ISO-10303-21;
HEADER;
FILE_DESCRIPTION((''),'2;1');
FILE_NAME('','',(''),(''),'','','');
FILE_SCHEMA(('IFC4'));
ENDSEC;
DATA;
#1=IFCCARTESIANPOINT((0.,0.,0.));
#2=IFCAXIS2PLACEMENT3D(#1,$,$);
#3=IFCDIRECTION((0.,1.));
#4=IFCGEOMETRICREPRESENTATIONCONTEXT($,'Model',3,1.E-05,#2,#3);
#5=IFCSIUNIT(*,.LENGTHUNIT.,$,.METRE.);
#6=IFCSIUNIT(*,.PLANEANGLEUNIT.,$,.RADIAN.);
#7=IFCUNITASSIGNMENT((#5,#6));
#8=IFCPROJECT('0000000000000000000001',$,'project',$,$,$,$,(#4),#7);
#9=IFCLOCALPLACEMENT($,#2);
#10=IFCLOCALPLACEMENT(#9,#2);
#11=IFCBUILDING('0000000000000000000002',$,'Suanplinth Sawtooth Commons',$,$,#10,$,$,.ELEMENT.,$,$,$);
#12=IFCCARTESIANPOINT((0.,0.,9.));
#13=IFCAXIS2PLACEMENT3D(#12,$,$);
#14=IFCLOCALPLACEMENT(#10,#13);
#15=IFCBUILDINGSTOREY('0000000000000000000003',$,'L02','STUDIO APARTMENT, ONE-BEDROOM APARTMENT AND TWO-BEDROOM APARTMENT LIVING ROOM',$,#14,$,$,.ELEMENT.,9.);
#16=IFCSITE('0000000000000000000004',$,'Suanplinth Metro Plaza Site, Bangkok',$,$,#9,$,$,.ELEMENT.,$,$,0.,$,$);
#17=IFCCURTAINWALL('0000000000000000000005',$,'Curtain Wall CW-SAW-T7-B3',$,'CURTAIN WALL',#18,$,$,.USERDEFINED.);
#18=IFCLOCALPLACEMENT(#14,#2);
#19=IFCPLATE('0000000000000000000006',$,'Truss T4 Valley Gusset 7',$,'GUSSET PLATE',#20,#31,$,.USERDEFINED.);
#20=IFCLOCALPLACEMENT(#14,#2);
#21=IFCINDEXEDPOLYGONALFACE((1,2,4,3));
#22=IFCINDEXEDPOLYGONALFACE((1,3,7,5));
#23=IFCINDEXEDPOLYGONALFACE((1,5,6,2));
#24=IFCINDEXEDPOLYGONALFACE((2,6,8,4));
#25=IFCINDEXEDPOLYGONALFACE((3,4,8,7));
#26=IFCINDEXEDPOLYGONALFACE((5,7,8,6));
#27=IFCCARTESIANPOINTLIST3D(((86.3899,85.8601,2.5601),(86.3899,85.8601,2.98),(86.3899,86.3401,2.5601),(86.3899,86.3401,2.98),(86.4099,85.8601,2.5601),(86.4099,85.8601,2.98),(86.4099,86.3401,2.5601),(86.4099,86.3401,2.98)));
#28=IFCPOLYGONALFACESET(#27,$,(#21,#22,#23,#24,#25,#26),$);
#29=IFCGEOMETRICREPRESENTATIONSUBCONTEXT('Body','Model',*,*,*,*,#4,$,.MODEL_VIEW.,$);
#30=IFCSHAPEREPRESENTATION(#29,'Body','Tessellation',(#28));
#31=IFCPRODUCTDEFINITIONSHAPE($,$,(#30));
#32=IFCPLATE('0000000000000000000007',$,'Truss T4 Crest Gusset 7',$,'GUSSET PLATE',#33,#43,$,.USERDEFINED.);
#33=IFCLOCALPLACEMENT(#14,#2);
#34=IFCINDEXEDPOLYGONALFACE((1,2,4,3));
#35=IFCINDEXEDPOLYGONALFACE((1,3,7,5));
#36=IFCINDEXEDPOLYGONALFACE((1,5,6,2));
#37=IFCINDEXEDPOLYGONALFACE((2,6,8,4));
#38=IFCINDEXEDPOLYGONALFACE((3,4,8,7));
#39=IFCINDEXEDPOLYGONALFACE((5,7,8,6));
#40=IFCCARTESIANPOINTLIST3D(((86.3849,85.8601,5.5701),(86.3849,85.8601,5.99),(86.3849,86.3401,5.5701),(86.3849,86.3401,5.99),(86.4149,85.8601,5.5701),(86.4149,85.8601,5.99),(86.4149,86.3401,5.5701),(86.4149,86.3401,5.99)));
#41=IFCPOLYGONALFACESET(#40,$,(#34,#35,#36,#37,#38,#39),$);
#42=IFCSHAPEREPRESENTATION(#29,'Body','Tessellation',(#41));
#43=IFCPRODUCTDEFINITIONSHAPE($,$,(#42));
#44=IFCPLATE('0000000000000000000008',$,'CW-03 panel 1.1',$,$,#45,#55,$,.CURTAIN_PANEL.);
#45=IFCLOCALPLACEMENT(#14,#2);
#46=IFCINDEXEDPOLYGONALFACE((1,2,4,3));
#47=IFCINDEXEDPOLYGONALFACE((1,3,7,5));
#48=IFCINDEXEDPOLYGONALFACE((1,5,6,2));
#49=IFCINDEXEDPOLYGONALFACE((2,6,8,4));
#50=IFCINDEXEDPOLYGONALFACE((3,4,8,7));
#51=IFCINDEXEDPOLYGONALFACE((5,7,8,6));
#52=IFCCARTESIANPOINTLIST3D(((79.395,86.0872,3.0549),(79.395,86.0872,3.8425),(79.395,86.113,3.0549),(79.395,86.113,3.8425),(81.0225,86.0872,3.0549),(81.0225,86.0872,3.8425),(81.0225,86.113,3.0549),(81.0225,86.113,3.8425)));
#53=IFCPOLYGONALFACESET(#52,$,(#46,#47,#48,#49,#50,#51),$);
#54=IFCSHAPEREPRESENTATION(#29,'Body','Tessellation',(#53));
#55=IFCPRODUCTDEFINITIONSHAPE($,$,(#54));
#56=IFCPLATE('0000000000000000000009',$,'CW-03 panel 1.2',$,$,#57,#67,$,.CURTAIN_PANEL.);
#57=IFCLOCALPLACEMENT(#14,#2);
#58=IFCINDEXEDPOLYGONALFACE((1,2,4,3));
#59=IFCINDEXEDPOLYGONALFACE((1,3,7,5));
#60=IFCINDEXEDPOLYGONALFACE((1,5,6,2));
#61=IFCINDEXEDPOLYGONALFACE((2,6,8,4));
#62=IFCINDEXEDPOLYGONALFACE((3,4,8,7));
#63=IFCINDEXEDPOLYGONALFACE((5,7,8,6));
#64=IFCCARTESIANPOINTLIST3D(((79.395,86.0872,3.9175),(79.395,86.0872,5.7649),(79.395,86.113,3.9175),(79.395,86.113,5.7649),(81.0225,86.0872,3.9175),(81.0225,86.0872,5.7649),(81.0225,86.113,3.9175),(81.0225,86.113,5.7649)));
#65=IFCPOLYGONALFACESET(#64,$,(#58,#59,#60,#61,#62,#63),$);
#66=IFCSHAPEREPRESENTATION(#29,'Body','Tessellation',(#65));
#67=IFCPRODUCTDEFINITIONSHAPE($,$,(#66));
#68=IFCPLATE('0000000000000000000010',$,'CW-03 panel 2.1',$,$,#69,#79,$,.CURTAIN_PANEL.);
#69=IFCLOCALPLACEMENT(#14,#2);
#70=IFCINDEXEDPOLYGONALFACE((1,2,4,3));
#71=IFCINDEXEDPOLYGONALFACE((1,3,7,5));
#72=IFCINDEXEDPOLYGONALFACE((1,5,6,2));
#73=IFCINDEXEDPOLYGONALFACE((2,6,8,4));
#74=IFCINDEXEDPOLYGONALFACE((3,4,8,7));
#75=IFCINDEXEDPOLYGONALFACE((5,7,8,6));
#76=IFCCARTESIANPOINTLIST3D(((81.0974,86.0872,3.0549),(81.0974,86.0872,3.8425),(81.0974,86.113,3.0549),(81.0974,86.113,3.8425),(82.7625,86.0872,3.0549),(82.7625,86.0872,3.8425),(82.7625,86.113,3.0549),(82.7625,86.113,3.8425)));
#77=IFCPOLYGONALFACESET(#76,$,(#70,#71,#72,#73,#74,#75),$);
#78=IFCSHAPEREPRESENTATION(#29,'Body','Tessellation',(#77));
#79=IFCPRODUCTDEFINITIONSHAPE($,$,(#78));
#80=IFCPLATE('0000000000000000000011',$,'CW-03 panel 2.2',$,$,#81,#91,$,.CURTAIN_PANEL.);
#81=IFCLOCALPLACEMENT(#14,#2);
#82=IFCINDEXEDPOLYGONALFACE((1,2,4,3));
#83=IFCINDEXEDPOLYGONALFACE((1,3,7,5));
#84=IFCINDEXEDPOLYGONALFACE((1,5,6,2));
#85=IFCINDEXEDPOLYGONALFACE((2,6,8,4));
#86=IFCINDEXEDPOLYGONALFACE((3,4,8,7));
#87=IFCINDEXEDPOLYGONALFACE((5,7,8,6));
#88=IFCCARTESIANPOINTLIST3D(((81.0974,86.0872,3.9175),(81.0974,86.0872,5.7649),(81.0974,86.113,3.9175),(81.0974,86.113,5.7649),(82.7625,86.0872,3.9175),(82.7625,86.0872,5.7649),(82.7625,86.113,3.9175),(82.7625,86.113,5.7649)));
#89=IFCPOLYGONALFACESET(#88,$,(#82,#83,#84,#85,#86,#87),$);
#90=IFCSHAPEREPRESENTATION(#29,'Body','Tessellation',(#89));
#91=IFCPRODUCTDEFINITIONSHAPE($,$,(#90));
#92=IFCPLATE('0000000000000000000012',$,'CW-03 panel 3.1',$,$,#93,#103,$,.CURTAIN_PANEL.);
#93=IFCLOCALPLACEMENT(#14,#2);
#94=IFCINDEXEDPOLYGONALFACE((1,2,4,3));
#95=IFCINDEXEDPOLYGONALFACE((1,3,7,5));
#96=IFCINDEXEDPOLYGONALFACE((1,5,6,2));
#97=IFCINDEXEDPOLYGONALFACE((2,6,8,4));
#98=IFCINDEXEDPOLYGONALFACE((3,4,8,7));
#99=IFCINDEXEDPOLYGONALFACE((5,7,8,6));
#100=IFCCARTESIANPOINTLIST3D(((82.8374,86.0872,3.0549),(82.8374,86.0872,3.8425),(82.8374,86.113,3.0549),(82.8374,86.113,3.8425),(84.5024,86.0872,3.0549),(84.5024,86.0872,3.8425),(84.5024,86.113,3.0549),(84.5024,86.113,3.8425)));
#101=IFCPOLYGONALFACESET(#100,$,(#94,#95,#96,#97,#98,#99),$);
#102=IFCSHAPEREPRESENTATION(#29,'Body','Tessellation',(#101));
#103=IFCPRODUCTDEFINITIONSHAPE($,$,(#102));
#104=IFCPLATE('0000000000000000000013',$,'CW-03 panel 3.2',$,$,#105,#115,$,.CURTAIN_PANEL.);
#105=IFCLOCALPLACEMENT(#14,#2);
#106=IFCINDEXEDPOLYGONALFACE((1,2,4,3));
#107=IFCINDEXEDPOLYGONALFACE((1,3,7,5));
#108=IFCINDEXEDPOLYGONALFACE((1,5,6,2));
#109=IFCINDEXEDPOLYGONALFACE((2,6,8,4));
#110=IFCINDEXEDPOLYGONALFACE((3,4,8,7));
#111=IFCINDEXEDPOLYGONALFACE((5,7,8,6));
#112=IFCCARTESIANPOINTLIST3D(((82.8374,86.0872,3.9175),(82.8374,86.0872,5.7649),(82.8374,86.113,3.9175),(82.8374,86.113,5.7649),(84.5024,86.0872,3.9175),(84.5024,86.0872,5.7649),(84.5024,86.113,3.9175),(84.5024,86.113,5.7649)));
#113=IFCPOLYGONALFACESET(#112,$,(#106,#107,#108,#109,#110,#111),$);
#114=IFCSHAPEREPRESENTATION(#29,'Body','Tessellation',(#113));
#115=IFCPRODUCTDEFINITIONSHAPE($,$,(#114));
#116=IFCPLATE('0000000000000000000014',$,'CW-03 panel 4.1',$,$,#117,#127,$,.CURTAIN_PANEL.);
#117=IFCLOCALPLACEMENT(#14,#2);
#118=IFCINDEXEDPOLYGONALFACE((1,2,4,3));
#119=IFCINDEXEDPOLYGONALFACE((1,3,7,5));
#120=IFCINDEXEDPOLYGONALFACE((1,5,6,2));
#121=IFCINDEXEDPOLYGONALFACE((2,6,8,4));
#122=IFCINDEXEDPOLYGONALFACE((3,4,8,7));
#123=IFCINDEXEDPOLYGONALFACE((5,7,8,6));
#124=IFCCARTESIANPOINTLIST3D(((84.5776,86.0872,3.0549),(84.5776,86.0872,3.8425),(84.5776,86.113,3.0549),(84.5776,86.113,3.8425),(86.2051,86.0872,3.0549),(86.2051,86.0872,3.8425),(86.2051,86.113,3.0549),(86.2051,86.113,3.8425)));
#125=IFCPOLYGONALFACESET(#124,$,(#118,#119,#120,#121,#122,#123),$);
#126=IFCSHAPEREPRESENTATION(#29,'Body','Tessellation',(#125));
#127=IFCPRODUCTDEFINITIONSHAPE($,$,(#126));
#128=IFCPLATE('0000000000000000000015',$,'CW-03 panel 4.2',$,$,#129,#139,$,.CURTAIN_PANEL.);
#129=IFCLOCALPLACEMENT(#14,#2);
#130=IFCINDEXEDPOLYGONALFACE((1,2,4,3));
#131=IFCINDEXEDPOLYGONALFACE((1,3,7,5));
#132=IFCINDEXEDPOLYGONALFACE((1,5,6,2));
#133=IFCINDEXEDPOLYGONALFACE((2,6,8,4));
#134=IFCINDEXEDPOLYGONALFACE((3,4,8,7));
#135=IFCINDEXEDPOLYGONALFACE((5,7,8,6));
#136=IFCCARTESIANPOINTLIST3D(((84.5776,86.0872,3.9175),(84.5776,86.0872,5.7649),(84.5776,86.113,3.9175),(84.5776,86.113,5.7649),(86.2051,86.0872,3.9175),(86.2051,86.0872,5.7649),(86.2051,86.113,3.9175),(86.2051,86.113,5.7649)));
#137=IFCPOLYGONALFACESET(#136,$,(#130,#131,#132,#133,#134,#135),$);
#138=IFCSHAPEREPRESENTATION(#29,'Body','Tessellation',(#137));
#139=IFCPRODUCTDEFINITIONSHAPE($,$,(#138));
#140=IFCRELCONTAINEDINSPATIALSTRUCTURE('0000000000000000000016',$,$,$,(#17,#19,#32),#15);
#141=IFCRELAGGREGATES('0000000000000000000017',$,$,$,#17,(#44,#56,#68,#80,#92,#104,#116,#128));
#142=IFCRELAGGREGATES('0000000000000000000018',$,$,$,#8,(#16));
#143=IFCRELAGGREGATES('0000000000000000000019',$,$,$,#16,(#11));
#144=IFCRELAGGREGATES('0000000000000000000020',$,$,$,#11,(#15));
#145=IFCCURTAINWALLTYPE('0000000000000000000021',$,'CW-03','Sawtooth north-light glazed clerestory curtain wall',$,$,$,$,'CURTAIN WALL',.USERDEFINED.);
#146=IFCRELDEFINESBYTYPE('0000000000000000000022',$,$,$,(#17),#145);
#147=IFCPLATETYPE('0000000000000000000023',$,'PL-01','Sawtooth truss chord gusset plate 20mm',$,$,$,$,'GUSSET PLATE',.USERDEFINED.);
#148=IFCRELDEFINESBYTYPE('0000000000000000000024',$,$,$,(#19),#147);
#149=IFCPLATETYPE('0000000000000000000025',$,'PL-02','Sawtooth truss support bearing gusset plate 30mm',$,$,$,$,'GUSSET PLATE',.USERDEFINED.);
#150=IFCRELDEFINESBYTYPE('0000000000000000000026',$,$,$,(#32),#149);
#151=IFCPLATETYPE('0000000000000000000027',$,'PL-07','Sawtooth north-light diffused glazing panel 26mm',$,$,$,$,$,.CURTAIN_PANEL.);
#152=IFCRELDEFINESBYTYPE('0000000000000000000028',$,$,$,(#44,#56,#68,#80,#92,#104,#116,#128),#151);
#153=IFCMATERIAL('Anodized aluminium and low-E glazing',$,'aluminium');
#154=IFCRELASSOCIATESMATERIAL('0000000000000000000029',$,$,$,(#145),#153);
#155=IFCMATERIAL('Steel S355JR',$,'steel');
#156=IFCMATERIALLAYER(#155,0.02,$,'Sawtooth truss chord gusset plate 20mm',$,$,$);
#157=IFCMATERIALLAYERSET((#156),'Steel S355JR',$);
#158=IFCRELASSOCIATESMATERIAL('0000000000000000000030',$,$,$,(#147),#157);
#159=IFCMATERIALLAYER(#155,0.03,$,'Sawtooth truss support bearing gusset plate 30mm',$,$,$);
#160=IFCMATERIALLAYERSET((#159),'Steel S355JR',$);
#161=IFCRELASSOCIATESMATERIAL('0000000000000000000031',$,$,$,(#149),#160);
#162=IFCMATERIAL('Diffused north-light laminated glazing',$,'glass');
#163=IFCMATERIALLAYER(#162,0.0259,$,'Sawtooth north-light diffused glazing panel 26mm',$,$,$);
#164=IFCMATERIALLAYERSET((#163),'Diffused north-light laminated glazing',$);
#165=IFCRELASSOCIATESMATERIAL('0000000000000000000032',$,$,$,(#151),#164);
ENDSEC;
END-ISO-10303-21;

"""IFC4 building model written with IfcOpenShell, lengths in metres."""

from ifc_helpers import new_model, si_unit, direction, frame, origin, origin_2d, place, context, subcontext, project, spatial, rectangle, extrude, material, layer, layer_set, type_object, element, aggregate, save


model = new_model("IFC4")

# Units and contexts
model_context = context("Model", 3, precision=1e-05, world=origin(), true_north=direction((0.0, 1.0)))
body_context = subcontext(model_context, "Body", "Model", "MODEL_VIEW")
ifc_project = project(units=[si_unit("LENGTHUNIT", "METRE"), si_unit("PLANEANGLEUNIT", "RADIAN")], contexts=[model_context])

# Site, building, storey
site_placement = place(None, origin())
site = spatial("IfcSite", under=ifc_project, at=site_placement, Name="Suanplinth Metro Plaza Site, Bangkok", CompositionType="ELEMENT", RefElevation=0.0)
building_placement = place(site_placement, origin())
building = spatial("IfcBuilding", under=site, at=building_placement, Name="Suanplinth Sawtooth Commons", CompositionType="ELEMENT")
storey_placement = place(building_placement, frame((0.0, 0.0, 9.0)))
storey = spatial("IfcBuildingStorey", under=building, at=storey_placement, Name="L02", Description="STUDIO APARTMENT, ONE-BEDROOM APARTMENT AND TWO-BEDROOM APARTMENT LIVING ROOM", CompositionType="ELEMENT", Elevation=9.0)

# Shared definitions
ifc_material_1 = material(Name="Steel S355JR", Category="steel")

# Curtain wall
ifc_material_2 = material(Name="Anodized aluminium and low-E glazing", Category="aluminium")
curtain_wall_type = type_object("IfcCurtainWallType", Name="CW-03", Description="Sawtooth north-light glazed clerestory curtain wall", ElementType="CURTAIN WALL", PredefinedType="USERDEFINED", material=ifc_material_2)
curtain_wall_placement = place(storey_placement, origin())
curtain_wall = element("IfcCurtainWall", 1, at=curtain_wall_placement, inside=storey, type_object=curtain_wall_type, Name="Curtain Wall CW-SAW-T7-B3", ObjectType="CURTAIN WALL", PredefinedType="USERDEFINED")

# Plates
ifc_layer_1 = layer(ifc_material_1, 0.02, Name="Sawtooth truss chord gusset plate 20mm")
ifc_layer_set_1 = layer_set([ifc_layer_1], Name="Steel S355JR")
plate_type_1 = type_object("IfcPlateType", Name="PL-01", Description="Sawtooth truss chord gusset plate 20mm", ElementType="GUSSET PLATE", PredefinedType="USERDEFINED", material=ifc_layer_set_1)
for number, where, z_axis, x_axis, name in (
    (2, (86.3999, 86.1001, 2.5601), (0.0, 0.0, 1.0), (1.0, 0.0, 0.0), "Truss T4 Valley Gusset 7"),
):
    element("IfcPlate", number, at=place(storey_placement, frame(where, z_axis=z_axis, x_axis=x_axis)), inside=storey, type_object=plate_type_1, Name=name, ObjectType="GUSSET PLATE", PredefinedType="USERDEFINED", context=body_context, shape_type="SweptSolid", body=[
        extrude(rectangle(XDim=0.02, YDim=0.48, at=origin_2d()), origin(), (0.0, 0.0, 1.0), 0.4199),
    ])
ifc_layer_2 = layer(ifc_material_1, 0.03, Name="Sawtooth truss support bearing gusset plate 30mm")
ifc_layer_set_2 = layer_set([ifc_layer_2], Name="Steel S355JR")
plate_type_2 = type_object("IfcPlateType", Name="PL-02", Description="Sawtooth truss support bearing gusset plate 30mm", ElementType="GUSSET PLATE", PredefinedType="USERDEFINED", material=ifc_layer_set_2)
plate_1_placement = place(storey_placement, frame((86.3999, 86.1001, 5.5701), z_axis=(0.0, 0.0, 1.0), x_axis=(1.0, 0.0, 0.0)))
element("IfcPlate", 3, at=plate_1_placement, inside=storey, type_object=plate_type_2, Name="Truss T4 Crest Gusset 7", ObjectType="GUSSET PLATE", PredefinedType="USERDEFINED", context=body_context, shape_type="SweptSolid", body=[
    extrude(rectangle(XDim=0.03, YDim=0.48, at=origin_2d()), origin(), (0.0, 0.0, 1.0), 0.4199),
])

# Plates
ifc_material_3 = material(Name="Diffused north-light laminated glazing", Category="glass")
ifc_layer_3 = layer(ifc_material_3, 0.0259, Name="Sawtooth north-light diffused glazing panel 26mm")
ifc_layer_set_3 = layer_set([ifc_layer_3], Name="Diffused north-light laminated glazing")
plate_type_3 = type_object("IfcPlateType", Name="PL-07", Description="Sawtooth north-light diffused glazing panel 26mm", PredefinedType="CURTAIN_PANEL", material=ifc_layer_set_3)
plate_2_placement = place(storey_placement, frame((80.2087, 86.1001, 3.0549), z_axis=(0.0, 0.0, 1.0), x_axis=(1.0, 0.0, 0.0)))
plate_2 = element("IfcPlate", 4, at=plate_2_placement, type_object=plate_type_3, Name="CW-03 panel 1.1", PredefinedType="CURTAIN_PANEL", context=body_context, shape_type="SweptSolid", body=[
    extrude(rectangle(XDim=1.6274, YDim=0.0259, at=origin_2d()), origin(), (0.0, 0.0, 1.0), 0.7876),
])
plate_3_placement = place(storey_placement, frame((80.2087, 86.1001, 3.9175), z_axis=(0.0, 0.0, 1.0), x_axis=(1.0, 0.0, 0.0)))
plate_3 = element("IfcPlate", 5, at=plate_3_placement, type_object=plate_type_3, Name="CW-03 panel 1.2", PredefinedType="CURTAIN_PANEL", context=body_context, shape_type="SweptSolid", body=[
    extrude(rectangle(XDim=1.6274, YDim=0.0259, at=origin_2d()), origin(), (0.0, 0.0, 1.0), 1.8474),
])
plate_4_placement = place(storey_placement, frame((81.9299, 86.1001, 3.0549), z_axis=(0.0, 0.0, 1.0), x_axis=(1.0, 0.0, 0.0)))
plate_4 = element("IfcPlate", 6, at=plate_4_placement, type_object=plate_type_3, Name="CW-03 panel 2.1", PredefinedType="CURTAIN_PANEL", context=body_context, shape_type="SweptSolid", body=[
    extrude(rectangle(XDim=1.665, YDim=0.0259, at=origin_2d()), origin(), (0.0, 0.0, 1.0), 0.7876),
])
plate_5_placement = place(storey_placement, frame((81.9299, 86.1001, 3.9175), z_axis=(0.0, 0.0, 1.0), x_axis=(1.0, 0.0, 0.0)))
plate_5 = element("IfcPlate", 7, at=plate_5_placement, type_object=plate_type_3, Name="CW-03 panel 2.2", PredefinedType="CURTAIN_PANEL", context=body_context, shape_type="SweptSolid", body=[
    extrude(rectangle(XDim=1.665, YDim=0.0259, at=origin_2d()), origin(), (0.0, 0.0, 1.0), 1.8474),
])
plate_6_placement = place(storey_placement, frame((83.6699, 86.1001, 3.0549), z_axis=(0.0, 0.0, 1.0), x_axis=(1.0, 0.0, 0.0)))
plate_6 = element("IfcPlate", 8, at=plate_6_placement, type_object=plate_type_3, Name="CW-03 panel 3.1", PredefinedType="CURTAIN_PANEL", context=body_context, shape_type="SweptSolid", body=[
    extrude(rectangle(XDim=1.665, YDim=0.0259, at=origin_2d()), origin(), (0.0, 0.0, 1.0), 0.7876),
])
plate_7_placement = place(storey_placement, frame((83.6699, 86.1001, 3.9175), z_axis=(0.0, 0.0, 1.0), x_axis=(1.0, 0.0, 0.0)))
plate_7 = element("IfcPlate", 9, at=plate_7_placement, type_object=plate_type_3, Name="CW-03 panel 3.2", PredefinedType="CURTAIN_PANEL", context=body_context, shape_type="SweptSolid", body=[
    extrude(rectangle(XDim=1.665, YDim=0.0259, at=origin_2d()), origin(), (0.0, 0.0, 1.0), 1.8474),
])
plate_8_placement = place(storey_placement, frame((85.3914, 86.1001, 3.0549), z_axis=(0.0, 0.0, 1.0), x_axis=(1.0, 0.0, 0.0)))
plate_8 = element("IfcPlate", 10, at=plate_8_placement, type_object=plate_type_3, Name="CW-03 panel 4.1", PredefinedType="CURTAIN_PANEL", context=body_context, shape_type="SweptSolid", body=[
    extrude(rectangle(XDim=1.6274, YDim=0.0259, at=origin_2d()), origin(), (0.0, 0.0, 1.0), 0.7876),
])
plate_9_placement = place(storey_placement, frame((85.3914, 86.1001, 3.9175), z_axis=(0.0, 0.0, 1.0), x_axis=(1.0, 0.0, 0.0)))
plate_9 = element("IfcPlate", 11, at=plate_9_placement, type_object=plate_type_3, Name="CW-03 panel 4.2", PredefinedType="CURTAIN_PANEL", context=body_context, shape_type="SweptSolid", body=[
    extrude(rectangle(XDim=1.6274, YDim=0.0259, at=origin_2d()), origin(), (0.0, 0.0, 1.0), 1.8474),
])
aggregate(curtain_wall, [plate_2, plate_3, plate_4, plate_5, plate_6, plate_7, plate_8, plate_9])

save(model, "model.ifc")
